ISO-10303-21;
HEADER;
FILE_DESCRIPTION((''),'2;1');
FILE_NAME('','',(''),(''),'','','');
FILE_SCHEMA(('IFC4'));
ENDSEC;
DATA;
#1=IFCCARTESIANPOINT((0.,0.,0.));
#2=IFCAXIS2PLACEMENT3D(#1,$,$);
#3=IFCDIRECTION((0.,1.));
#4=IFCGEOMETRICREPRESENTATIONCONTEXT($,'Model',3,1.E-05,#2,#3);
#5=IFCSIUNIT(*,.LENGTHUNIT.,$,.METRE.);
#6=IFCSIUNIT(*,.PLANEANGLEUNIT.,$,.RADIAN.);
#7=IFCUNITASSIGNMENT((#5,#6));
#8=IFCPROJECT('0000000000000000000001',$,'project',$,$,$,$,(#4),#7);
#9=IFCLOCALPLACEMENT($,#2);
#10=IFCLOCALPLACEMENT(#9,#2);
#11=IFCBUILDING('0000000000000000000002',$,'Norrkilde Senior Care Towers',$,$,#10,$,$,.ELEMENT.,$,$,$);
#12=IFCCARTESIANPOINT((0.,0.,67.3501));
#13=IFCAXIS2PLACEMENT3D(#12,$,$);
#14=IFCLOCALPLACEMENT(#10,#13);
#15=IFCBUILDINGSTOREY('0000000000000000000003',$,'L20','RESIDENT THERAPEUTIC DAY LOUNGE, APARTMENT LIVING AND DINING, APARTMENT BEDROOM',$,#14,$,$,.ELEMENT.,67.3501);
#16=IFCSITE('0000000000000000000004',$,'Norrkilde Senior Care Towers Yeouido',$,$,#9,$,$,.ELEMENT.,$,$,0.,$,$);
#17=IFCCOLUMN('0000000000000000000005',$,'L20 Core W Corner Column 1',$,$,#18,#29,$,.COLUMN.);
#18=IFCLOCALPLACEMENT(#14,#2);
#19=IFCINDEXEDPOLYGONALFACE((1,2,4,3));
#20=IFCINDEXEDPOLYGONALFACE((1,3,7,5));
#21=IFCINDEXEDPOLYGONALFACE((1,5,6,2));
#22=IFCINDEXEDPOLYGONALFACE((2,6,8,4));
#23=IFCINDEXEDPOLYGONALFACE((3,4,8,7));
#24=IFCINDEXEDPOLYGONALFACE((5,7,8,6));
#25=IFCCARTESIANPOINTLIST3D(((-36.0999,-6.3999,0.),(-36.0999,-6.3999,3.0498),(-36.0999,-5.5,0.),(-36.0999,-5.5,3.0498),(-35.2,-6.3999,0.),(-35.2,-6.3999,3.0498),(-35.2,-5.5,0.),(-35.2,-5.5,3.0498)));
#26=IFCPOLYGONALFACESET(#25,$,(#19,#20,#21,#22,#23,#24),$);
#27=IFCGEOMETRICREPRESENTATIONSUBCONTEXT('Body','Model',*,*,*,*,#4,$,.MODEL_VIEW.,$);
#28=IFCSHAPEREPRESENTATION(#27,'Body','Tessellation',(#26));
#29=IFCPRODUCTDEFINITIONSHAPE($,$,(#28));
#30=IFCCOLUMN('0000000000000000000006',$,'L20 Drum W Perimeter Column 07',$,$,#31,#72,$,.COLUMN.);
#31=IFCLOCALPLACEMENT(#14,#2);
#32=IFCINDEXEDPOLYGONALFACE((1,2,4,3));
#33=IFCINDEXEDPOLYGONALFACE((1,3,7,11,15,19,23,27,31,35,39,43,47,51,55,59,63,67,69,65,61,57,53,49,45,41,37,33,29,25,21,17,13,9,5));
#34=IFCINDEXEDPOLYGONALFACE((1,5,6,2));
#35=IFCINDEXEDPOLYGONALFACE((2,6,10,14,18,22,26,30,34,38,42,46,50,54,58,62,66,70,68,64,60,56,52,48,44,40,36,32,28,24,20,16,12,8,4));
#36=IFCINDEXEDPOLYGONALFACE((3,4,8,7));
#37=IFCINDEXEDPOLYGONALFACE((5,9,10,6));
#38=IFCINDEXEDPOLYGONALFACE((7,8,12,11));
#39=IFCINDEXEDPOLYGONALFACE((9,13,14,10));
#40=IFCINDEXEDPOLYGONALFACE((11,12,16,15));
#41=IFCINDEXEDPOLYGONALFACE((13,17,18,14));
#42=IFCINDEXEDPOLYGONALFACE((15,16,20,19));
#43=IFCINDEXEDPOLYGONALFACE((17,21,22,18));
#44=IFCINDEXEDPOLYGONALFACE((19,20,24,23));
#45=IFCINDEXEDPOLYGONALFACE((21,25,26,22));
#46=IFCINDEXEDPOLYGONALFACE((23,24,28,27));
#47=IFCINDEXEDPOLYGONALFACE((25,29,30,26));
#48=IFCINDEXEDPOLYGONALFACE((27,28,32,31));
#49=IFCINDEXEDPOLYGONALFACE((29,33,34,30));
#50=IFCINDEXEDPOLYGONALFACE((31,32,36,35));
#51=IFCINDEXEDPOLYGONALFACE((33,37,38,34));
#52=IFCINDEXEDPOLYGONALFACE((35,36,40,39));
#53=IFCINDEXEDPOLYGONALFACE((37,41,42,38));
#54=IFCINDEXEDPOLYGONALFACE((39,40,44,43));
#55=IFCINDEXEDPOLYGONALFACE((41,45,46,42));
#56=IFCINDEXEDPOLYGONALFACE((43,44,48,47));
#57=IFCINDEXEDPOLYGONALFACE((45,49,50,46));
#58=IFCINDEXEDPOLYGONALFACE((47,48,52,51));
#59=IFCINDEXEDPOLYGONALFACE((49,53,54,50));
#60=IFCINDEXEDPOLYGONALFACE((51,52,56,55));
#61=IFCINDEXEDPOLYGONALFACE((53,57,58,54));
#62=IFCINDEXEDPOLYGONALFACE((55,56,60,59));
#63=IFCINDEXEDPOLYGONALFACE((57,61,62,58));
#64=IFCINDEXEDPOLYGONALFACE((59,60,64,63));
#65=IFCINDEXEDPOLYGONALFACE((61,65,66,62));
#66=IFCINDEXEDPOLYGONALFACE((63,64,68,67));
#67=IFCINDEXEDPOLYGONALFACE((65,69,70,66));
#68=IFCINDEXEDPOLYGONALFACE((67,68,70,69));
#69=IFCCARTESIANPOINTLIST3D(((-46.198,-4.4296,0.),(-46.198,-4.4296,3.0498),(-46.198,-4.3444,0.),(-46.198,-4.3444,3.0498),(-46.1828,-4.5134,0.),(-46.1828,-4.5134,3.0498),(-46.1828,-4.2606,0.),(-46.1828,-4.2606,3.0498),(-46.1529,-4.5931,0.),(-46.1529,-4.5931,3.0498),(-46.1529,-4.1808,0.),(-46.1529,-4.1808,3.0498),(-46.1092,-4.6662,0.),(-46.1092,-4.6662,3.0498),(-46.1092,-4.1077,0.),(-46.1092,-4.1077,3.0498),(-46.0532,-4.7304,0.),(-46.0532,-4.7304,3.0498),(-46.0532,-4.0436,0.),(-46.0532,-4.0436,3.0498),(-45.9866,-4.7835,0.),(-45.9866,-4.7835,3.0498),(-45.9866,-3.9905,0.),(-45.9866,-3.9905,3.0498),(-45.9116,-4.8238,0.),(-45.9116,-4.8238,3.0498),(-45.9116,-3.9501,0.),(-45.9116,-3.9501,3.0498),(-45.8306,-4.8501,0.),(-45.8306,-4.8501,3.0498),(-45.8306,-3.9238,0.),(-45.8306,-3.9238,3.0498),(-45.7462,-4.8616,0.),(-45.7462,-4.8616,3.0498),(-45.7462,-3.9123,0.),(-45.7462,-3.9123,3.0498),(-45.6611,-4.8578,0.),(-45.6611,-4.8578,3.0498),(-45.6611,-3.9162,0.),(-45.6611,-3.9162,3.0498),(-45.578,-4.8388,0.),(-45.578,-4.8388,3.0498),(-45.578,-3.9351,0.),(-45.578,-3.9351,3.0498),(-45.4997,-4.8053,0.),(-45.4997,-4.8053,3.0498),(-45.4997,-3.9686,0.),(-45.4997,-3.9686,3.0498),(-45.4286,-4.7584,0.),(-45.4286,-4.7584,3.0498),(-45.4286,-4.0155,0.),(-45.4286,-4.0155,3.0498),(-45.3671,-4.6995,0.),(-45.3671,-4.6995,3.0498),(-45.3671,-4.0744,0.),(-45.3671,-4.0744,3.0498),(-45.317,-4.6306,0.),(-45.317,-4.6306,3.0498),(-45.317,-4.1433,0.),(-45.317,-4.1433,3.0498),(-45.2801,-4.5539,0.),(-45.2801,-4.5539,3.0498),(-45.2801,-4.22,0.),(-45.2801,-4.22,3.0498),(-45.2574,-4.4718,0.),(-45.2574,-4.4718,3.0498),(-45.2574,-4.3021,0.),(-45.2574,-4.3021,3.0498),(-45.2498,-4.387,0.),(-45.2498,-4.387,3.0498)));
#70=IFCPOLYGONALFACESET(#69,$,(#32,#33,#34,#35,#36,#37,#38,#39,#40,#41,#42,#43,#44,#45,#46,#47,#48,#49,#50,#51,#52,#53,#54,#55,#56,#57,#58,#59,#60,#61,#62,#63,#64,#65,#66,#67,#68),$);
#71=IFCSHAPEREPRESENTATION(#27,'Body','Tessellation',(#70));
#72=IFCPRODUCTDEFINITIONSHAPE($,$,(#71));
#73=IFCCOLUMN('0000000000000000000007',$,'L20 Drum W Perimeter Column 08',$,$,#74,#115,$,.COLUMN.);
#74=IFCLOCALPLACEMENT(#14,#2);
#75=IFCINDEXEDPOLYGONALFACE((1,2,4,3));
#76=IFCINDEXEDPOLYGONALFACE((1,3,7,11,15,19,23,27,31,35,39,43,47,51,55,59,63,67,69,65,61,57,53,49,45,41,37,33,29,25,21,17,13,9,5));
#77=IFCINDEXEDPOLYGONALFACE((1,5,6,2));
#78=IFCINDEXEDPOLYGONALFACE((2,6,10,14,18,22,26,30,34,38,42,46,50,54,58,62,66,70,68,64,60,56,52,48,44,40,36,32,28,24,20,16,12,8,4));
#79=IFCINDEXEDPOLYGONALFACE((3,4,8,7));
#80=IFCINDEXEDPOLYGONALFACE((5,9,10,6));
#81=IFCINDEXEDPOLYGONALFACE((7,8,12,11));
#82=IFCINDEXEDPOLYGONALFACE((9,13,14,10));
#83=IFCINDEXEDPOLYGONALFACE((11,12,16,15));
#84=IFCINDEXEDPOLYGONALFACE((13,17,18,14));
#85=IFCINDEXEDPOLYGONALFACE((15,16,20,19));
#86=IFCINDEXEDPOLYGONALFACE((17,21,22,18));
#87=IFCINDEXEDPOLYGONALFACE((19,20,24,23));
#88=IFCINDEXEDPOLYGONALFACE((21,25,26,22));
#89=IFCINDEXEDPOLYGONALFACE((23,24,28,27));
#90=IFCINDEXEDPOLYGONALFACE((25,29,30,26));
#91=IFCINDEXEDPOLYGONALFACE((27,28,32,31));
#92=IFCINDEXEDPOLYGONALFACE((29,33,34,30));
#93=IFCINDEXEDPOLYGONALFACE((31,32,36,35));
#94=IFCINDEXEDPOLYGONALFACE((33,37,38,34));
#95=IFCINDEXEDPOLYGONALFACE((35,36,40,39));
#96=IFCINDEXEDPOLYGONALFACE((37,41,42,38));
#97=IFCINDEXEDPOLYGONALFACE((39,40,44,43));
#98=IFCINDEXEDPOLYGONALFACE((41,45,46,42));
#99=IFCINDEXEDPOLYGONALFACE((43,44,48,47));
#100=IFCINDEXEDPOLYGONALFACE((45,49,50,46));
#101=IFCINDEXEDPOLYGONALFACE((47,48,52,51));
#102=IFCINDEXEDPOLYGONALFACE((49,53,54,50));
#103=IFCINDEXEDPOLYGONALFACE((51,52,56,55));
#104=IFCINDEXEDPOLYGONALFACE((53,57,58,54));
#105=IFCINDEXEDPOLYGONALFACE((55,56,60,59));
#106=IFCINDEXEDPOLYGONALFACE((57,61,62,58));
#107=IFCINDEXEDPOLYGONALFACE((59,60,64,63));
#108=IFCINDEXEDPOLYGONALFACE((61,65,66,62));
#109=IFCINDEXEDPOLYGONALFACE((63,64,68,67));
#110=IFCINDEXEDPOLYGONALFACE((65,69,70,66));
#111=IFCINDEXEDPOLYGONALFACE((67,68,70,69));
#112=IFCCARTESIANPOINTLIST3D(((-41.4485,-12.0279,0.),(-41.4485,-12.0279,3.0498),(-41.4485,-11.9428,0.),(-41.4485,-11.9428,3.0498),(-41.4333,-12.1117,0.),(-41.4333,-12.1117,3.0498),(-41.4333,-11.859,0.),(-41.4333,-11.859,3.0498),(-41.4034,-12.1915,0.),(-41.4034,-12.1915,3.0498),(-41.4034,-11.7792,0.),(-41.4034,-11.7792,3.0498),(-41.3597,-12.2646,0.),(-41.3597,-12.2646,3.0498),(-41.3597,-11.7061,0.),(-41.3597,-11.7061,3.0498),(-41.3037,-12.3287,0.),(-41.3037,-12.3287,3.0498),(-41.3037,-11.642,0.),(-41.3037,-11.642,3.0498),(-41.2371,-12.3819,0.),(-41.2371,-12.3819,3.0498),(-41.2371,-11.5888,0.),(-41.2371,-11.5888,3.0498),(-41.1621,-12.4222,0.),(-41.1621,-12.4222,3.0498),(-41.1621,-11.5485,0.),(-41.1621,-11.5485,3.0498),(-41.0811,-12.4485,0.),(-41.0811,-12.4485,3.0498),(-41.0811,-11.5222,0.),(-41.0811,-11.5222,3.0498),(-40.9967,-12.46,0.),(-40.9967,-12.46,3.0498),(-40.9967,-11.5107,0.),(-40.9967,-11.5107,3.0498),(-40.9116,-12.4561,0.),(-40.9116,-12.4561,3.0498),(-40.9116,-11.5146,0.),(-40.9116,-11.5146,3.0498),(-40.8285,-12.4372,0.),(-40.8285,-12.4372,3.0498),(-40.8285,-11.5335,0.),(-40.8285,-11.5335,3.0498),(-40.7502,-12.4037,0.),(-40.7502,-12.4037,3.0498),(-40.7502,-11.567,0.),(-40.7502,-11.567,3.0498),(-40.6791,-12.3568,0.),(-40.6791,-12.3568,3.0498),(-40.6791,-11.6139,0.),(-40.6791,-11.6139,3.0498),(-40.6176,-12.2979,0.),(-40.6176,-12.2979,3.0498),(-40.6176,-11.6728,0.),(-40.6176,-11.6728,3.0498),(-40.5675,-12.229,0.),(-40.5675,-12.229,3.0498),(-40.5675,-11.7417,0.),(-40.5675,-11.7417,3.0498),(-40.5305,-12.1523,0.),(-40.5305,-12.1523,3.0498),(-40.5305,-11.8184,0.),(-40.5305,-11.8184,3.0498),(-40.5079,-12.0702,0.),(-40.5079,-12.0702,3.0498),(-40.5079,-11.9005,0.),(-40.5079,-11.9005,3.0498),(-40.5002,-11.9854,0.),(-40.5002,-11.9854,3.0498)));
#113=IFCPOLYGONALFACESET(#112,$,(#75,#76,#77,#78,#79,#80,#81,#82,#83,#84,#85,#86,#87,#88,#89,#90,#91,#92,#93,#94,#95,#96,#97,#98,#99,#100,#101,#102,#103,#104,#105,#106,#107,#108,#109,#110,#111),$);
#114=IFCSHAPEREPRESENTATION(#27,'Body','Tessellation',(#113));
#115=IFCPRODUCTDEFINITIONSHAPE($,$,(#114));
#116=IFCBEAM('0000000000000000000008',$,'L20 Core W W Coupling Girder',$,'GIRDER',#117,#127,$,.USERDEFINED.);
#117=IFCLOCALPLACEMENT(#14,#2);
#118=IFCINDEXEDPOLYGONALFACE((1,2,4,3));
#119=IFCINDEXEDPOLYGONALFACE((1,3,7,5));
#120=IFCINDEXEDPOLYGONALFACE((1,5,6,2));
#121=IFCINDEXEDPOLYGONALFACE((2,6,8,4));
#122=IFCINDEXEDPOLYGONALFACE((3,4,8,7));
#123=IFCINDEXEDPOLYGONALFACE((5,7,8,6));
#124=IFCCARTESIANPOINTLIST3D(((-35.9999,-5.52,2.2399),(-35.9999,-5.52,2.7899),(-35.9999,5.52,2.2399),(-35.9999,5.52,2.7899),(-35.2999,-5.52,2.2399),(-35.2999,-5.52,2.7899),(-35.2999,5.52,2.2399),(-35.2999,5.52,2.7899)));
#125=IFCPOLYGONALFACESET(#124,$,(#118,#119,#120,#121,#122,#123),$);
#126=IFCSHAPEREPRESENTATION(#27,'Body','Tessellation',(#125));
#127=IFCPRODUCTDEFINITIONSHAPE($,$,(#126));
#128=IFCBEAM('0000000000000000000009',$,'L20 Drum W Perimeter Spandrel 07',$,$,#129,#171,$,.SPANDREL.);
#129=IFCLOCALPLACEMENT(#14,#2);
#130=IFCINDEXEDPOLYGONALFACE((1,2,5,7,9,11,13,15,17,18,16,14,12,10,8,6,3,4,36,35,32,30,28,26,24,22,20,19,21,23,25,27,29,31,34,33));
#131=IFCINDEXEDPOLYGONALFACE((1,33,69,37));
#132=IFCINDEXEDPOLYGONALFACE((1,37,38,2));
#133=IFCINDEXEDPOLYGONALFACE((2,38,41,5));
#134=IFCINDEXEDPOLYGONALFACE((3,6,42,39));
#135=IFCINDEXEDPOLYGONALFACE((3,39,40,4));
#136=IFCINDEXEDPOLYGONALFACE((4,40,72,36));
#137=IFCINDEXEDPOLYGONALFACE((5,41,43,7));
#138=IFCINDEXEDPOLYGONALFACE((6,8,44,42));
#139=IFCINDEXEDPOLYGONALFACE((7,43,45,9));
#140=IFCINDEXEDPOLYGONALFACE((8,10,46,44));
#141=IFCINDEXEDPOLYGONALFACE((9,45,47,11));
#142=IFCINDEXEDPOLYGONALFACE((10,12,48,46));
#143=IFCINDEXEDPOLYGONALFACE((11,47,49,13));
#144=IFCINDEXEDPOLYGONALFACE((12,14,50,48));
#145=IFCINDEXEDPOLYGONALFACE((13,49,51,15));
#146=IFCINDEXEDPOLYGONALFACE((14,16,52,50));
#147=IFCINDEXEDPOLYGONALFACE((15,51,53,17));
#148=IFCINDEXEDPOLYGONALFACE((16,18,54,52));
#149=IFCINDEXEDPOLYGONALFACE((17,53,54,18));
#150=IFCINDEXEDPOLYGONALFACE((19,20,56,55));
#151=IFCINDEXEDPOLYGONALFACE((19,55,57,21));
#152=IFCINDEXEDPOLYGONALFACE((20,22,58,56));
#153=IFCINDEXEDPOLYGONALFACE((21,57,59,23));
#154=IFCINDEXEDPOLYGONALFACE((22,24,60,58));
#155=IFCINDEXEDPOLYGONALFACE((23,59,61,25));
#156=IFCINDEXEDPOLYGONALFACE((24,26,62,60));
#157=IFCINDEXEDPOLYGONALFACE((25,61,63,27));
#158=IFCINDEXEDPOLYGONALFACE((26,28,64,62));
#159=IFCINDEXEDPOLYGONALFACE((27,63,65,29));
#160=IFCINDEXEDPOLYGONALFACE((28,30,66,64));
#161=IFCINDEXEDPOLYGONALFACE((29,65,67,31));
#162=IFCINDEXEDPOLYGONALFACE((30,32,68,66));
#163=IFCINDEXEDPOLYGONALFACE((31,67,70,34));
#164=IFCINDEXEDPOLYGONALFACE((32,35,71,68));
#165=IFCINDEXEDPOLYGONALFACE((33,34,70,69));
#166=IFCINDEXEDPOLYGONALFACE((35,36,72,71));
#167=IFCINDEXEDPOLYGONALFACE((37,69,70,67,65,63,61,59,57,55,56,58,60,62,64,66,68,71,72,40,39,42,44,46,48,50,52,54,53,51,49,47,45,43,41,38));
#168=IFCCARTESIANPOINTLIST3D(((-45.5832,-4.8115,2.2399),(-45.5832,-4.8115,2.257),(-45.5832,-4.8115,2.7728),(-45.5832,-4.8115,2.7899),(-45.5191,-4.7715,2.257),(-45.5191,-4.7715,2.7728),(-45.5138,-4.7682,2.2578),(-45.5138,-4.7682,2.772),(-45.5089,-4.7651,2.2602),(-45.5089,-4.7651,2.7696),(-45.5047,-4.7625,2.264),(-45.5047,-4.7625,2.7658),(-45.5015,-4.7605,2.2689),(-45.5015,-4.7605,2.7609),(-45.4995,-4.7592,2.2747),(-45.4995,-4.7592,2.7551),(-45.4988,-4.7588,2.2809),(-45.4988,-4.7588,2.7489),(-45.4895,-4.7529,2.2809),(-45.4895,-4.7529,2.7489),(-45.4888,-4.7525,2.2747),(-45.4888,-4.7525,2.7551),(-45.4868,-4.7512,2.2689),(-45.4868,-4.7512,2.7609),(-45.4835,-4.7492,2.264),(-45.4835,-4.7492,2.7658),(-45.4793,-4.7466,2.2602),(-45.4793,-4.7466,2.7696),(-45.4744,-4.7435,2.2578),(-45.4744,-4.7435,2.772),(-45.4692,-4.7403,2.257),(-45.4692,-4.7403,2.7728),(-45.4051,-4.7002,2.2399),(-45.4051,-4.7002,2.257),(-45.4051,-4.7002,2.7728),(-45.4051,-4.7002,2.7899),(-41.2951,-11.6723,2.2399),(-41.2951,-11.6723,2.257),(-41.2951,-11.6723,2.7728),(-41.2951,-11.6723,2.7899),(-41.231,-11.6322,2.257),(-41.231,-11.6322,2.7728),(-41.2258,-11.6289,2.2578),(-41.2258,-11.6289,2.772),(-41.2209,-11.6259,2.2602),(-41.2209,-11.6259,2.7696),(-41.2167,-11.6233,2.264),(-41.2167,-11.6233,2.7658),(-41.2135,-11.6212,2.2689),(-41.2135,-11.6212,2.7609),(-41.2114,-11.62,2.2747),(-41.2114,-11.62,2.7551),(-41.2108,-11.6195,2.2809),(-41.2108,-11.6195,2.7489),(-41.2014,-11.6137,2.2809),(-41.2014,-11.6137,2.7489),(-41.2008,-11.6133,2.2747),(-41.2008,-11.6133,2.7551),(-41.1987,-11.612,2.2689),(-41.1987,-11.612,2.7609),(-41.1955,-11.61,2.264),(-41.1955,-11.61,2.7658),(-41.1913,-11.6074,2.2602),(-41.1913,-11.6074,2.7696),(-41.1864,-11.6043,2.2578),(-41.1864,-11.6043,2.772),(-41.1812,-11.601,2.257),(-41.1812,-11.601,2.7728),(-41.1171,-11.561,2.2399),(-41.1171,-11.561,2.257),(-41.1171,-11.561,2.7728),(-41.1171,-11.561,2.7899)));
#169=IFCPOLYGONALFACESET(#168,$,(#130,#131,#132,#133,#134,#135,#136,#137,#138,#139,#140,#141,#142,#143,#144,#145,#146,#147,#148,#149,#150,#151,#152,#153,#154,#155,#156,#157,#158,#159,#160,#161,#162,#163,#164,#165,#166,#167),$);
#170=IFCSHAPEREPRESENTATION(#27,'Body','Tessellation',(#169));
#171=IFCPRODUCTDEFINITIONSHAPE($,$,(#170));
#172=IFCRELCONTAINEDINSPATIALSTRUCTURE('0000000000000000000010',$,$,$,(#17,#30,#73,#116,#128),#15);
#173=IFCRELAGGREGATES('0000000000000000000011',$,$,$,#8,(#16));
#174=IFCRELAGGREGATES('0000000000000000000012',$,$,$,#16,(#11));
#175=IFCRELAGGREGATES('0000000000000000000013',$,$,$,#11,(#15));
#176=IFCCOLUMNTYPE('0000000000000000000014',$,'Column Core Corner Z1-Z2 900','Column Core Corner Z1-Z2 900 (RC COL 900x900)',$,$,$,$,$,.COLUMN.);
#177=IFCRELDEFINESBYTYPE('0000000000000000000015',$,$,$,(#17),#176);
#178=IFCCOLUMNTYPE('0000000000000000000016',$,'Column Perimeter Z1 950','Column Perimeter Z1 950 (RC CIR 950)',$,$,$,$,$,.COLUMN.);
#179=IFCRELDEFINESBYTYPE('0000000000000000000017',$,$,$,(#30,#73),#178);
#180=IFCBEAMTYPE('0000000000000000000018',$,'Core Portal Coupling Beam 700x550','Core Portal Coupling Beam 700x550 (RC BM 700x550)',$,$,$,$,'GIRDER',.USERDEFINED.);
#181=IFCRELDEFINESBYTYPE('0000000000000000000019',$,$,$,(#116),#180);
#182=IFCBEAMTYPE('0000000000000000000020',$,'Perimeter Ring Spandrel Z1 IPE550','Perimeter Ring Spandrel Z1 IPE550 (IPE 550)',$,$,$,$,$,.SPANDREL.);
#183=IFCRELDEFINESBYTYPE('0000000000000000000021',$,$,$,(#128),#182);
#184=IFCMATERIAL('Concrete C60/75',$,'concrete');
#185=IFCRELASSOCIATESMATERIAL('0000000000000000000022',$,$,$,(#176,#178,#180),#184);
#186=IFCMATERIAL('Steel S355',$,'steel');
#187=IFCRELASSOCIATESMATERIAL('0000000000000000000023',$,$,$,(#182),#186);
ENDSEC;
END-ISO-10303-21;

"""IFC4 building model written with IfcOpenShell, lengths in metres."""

from ifc_helpers import new_model, si_unit, direction, frame, origin, origin_2d, place, context, subcontext, project, spatial, rectangle, circle, i_section, extrude, source, transform, mapped, material, material_profile, profile_set, type_object, type_shapes, element, save


model = new_model("IFC4")

# Units and contexts
model_context = context("Model", 3, precision=1e-05, world=origin(), true_north=direction((0.0, 1.0)))
body_context = subcontext(model_context, "Body", "Model", "MODEL_VIEW")
ifc_project = project(units=[si_unit("LENGTHUNIT", "METRE"), si_unit("PLANEANGLEUNIT", "RADIAN")], contexts=[model_context])

# Site, building, storey
site_placement = place(None, origin())
site = spatial("IfcSite", under=ifc_project, at=site_placement, Name="Norrkilde Senior Care Towers Yeouido", CompositionType="ELEMENT", RefElevation=0.0)
building_placement = place(site_placement, origin())
building = spatial("IfcBuilding", under=site, at=building_placement, Name="Norrkilde Senior Care Towers", CompositionType="ELEMENT")
storey_placement = place(building_placement, frame((0.0, 0.0, 67.3501)))
storey = spatial("IfcBuildingStorey", under=building, at=storey_placement, Name="L20", Description="RESIDENT THERAPEUTIC DAY LOUNGE, APARTMENT LIVING AND DINING, APARTMENT BEDROOM", CompositionType="ELEMENT", Elevation=67.3501)

# Columns
ifc_material_1 = material(Name="Concrete C60/75", Category="concrete")
ifc_material_profile_1 = material_profile(ifc_material_1, rectangle(XDim=0.8999, YDim=0.8999, at=origin_2d()), Name="RC COL 900x900")
ifc_profile_set_1 = profile_set([ifc_material_profile_1], Name="Concrete C60/75")
column_type_1 = type_object("IfcColumnType", Name="Column Core Corner Z1-Z2 900", Description="Column Core Corner Z1-Z2 900 (RC COL 900x900)", PredefinedType="COLUMN", material=ifc_profile_set_1)
shared_shape_1 = source(origin(), body_context, "Body", "SweptSolid", [
    extrude(rectangle(XDim=0.8999, YDim=0.8999, at=origin_2d()), origin(), (0.0, 0.0, 1.0), 3.0498),
])
type_shapes(column_type_1, [shared_shape_1])
column_placement = place(storey_placement, frame((-35.6499, -5.95, 0.0), z_axis=(0.0, 0.0, 1.0), x_axis=(1.0, 0.0, 0.0)))
element("IfcColumn", 1, at=column_placement, inside=storey, type_object=column_type_1, Name="L20 Core W Corner Column 1", PredefinedType="COLUMN", context=body_context, shape_type="MappedRepresentation", body=[
    mapped(shared_shape_1, transform((0.0, 0.0, 0.0), x_axis=(1.0, 0.0, 0.0), y_axis=(0.0, 1.0, 0.0), z_axis=(0.0, 0.0, 1.0), scale=1.0)),
])
ifc_material_profile_2 = material_profile(ifc_material_1, circle(Radius=0.4751, at=origin_2d()), Name="RC CIR 950")
ifc_profile_set_2 = profile_set([ifc_material_profile_2], Name="Concrete C60/75")
column_type_2 = type_object("IfcColumnType", Name="Column Perimeter Z1 950", Description="Column Perimeter Z1 950 (RC CIR 950)", PredefinedType="COLUMN", material=ifc_profile_set_2)
shared_shape_2 = source(origin(), body_context, "Body", "SweptSolid", [
    extrude(circle(Radius=0.4751, at=origin_2d()), origin(), (0.0, 0.0, 1.0), 3.0498),
])
type_shapes(column_type_2, [shared_shape_2])
for number, where, z_axis, x_axis, name in (
    (2, (-45.7249, -4.387, 0.0), (0.0, 0.0, 1.0), (1.0, 0.0, 0.0), "L20 Drum W Perimeter Column 07"),
    (3, (-40.9753, -11.9854, 0.0), (0.0, 0.0, 1.0), (1.0, 0.0, 0.0), "L20 Drum W Perimeter Column 08"),
):
    element("IfcColumn", number, at=place(storey_placement, frame(where, z_axis=z_axis, x_axis=x_axis)), inside=storey, type_object=column_type_2, Name=name, PredefinedType="COLUMN", context=body_context, shape_type="MappedRepresentation", body=[
        mapped(shared_shape_2, transform((0.0, 0.0, 0.0), x_axis=(1.0, 0.0, 0.0), y_axis=(0.0, 1.0, 0.0), z_axis=(0.0, 0.0, 1.0), scale=1.0)),
    ])

# Beams
ifc_material_profile_3 = material_profile(ifc_material_1, rectangle(XDim=0.7, YDim=0.55, at=origin_2d()), Name="RC BM 700x550")
ifc_profile_set_3 = profile_set([ifc_material_profile_3], Name="Concrete C60/75")
beam_type_1 = type_object("IfcBeamType", Name="Core Portal Coupling Beam 700x550", Description="Core Portal Coupling Beam 700x550 (RC BM 700x550)", ElementType="GIRDER", PredefinedType="USERDEFINED", material=ifc_profile_set_3)
shared_shape_3 = source(origin(), body_context, "Body", "SweptSolid", [
    extrude(rectangle(XDim=0.7, YDim=0.55, at=origin_2d()), origin(), (0.0, 0.0, 1.0), 11.04),
])
type_shapes(beam_type_1, [shared_shape_3])
beam_1_placement = place(storey_placement, frame((-35.6499, -5.52, 2.5149), z_axis=(0.0, 1.0, 0.0), x_axis=(-1.0, 0.0, 0.0)))
element("IfcBeam", 4, at=beam_1_placement, inside=storey, type_object=beam_type_1, Name="L20 Core W W Coupling Girder", ObjectType="GIRDER", PredefinedType="USERDEFINED", context=body_context, shape_type="MappedRepresentation", body=[
    mapped(shared_shape_3, transform((0.0, 0.0, 0.0), x_axis=(1.0, 0.0, 0.0), y_axis=(0.0, 1.0, 0.0), z_axis=(0.0, 0.0, 1.0), scale=1.0)),
])
ifc_material_2 = material(Name="Steel S355", Category="steel")
ifc_material_profile_4 = material_profile(ifc_material_2, i_section(OverallWidth=0.21, OverallDepth=0.55, WebThickness=0.011, FlangeThickness=0.0171, FilletRadius=0.0239, at=origin_2d()), Name="IPE 550")
ifc_profile_set_4 = profile_set([ifc_material_profile_4], Name="Steel S355")
beam_type_2 = type_object("IfcBeamType", Name="Perimeter Ring Spandrel Z1 IPE550", Description="Perimeter Ring Spandrel Z1 IPE550 (IPE 550)", PredefinedType="SPANDREL", material=ifc_profile_set_4)
shared_shape_4 = source(origin(), body_context, "Body", "SweptSolid", [
    extrude(i_section(OverallWidth=0.21, OverallDepth=0.55, WebThickness=0.011, FlangeThickness=0.0171, FilletRadius=0.0239, at=origin_2d()), origin(), (0.0, 0.0, 1.0), 8.0906),
])
beam_2_placement = place(storey_placement, frame((-45.4941, -4.7559, 2.5149), z_axis=(0.530004, -0.847995, 0.0), x_axis=(0.847995, 0.530004, 0.0)))
element("IfcBeam", 5, at=beam_2_placement, inside=storey, type_object=beam_type_2, Name="L20 Drum W Perimeter Spandrel 07", PredefinedType="SPANDREL", context=body_context, shape_type="MappedRepresentation", body=[
    mapped(shared_shape_4, transform((0.0, 0.0, 0.0), x_axis=(1.0, 0.0, 0.0), y_axis=(0.0, 1.0, 0.0), z_axis=(0.0, 0.0, 1.0), scale=1.0)),
])

save(model, "model.ifc")
